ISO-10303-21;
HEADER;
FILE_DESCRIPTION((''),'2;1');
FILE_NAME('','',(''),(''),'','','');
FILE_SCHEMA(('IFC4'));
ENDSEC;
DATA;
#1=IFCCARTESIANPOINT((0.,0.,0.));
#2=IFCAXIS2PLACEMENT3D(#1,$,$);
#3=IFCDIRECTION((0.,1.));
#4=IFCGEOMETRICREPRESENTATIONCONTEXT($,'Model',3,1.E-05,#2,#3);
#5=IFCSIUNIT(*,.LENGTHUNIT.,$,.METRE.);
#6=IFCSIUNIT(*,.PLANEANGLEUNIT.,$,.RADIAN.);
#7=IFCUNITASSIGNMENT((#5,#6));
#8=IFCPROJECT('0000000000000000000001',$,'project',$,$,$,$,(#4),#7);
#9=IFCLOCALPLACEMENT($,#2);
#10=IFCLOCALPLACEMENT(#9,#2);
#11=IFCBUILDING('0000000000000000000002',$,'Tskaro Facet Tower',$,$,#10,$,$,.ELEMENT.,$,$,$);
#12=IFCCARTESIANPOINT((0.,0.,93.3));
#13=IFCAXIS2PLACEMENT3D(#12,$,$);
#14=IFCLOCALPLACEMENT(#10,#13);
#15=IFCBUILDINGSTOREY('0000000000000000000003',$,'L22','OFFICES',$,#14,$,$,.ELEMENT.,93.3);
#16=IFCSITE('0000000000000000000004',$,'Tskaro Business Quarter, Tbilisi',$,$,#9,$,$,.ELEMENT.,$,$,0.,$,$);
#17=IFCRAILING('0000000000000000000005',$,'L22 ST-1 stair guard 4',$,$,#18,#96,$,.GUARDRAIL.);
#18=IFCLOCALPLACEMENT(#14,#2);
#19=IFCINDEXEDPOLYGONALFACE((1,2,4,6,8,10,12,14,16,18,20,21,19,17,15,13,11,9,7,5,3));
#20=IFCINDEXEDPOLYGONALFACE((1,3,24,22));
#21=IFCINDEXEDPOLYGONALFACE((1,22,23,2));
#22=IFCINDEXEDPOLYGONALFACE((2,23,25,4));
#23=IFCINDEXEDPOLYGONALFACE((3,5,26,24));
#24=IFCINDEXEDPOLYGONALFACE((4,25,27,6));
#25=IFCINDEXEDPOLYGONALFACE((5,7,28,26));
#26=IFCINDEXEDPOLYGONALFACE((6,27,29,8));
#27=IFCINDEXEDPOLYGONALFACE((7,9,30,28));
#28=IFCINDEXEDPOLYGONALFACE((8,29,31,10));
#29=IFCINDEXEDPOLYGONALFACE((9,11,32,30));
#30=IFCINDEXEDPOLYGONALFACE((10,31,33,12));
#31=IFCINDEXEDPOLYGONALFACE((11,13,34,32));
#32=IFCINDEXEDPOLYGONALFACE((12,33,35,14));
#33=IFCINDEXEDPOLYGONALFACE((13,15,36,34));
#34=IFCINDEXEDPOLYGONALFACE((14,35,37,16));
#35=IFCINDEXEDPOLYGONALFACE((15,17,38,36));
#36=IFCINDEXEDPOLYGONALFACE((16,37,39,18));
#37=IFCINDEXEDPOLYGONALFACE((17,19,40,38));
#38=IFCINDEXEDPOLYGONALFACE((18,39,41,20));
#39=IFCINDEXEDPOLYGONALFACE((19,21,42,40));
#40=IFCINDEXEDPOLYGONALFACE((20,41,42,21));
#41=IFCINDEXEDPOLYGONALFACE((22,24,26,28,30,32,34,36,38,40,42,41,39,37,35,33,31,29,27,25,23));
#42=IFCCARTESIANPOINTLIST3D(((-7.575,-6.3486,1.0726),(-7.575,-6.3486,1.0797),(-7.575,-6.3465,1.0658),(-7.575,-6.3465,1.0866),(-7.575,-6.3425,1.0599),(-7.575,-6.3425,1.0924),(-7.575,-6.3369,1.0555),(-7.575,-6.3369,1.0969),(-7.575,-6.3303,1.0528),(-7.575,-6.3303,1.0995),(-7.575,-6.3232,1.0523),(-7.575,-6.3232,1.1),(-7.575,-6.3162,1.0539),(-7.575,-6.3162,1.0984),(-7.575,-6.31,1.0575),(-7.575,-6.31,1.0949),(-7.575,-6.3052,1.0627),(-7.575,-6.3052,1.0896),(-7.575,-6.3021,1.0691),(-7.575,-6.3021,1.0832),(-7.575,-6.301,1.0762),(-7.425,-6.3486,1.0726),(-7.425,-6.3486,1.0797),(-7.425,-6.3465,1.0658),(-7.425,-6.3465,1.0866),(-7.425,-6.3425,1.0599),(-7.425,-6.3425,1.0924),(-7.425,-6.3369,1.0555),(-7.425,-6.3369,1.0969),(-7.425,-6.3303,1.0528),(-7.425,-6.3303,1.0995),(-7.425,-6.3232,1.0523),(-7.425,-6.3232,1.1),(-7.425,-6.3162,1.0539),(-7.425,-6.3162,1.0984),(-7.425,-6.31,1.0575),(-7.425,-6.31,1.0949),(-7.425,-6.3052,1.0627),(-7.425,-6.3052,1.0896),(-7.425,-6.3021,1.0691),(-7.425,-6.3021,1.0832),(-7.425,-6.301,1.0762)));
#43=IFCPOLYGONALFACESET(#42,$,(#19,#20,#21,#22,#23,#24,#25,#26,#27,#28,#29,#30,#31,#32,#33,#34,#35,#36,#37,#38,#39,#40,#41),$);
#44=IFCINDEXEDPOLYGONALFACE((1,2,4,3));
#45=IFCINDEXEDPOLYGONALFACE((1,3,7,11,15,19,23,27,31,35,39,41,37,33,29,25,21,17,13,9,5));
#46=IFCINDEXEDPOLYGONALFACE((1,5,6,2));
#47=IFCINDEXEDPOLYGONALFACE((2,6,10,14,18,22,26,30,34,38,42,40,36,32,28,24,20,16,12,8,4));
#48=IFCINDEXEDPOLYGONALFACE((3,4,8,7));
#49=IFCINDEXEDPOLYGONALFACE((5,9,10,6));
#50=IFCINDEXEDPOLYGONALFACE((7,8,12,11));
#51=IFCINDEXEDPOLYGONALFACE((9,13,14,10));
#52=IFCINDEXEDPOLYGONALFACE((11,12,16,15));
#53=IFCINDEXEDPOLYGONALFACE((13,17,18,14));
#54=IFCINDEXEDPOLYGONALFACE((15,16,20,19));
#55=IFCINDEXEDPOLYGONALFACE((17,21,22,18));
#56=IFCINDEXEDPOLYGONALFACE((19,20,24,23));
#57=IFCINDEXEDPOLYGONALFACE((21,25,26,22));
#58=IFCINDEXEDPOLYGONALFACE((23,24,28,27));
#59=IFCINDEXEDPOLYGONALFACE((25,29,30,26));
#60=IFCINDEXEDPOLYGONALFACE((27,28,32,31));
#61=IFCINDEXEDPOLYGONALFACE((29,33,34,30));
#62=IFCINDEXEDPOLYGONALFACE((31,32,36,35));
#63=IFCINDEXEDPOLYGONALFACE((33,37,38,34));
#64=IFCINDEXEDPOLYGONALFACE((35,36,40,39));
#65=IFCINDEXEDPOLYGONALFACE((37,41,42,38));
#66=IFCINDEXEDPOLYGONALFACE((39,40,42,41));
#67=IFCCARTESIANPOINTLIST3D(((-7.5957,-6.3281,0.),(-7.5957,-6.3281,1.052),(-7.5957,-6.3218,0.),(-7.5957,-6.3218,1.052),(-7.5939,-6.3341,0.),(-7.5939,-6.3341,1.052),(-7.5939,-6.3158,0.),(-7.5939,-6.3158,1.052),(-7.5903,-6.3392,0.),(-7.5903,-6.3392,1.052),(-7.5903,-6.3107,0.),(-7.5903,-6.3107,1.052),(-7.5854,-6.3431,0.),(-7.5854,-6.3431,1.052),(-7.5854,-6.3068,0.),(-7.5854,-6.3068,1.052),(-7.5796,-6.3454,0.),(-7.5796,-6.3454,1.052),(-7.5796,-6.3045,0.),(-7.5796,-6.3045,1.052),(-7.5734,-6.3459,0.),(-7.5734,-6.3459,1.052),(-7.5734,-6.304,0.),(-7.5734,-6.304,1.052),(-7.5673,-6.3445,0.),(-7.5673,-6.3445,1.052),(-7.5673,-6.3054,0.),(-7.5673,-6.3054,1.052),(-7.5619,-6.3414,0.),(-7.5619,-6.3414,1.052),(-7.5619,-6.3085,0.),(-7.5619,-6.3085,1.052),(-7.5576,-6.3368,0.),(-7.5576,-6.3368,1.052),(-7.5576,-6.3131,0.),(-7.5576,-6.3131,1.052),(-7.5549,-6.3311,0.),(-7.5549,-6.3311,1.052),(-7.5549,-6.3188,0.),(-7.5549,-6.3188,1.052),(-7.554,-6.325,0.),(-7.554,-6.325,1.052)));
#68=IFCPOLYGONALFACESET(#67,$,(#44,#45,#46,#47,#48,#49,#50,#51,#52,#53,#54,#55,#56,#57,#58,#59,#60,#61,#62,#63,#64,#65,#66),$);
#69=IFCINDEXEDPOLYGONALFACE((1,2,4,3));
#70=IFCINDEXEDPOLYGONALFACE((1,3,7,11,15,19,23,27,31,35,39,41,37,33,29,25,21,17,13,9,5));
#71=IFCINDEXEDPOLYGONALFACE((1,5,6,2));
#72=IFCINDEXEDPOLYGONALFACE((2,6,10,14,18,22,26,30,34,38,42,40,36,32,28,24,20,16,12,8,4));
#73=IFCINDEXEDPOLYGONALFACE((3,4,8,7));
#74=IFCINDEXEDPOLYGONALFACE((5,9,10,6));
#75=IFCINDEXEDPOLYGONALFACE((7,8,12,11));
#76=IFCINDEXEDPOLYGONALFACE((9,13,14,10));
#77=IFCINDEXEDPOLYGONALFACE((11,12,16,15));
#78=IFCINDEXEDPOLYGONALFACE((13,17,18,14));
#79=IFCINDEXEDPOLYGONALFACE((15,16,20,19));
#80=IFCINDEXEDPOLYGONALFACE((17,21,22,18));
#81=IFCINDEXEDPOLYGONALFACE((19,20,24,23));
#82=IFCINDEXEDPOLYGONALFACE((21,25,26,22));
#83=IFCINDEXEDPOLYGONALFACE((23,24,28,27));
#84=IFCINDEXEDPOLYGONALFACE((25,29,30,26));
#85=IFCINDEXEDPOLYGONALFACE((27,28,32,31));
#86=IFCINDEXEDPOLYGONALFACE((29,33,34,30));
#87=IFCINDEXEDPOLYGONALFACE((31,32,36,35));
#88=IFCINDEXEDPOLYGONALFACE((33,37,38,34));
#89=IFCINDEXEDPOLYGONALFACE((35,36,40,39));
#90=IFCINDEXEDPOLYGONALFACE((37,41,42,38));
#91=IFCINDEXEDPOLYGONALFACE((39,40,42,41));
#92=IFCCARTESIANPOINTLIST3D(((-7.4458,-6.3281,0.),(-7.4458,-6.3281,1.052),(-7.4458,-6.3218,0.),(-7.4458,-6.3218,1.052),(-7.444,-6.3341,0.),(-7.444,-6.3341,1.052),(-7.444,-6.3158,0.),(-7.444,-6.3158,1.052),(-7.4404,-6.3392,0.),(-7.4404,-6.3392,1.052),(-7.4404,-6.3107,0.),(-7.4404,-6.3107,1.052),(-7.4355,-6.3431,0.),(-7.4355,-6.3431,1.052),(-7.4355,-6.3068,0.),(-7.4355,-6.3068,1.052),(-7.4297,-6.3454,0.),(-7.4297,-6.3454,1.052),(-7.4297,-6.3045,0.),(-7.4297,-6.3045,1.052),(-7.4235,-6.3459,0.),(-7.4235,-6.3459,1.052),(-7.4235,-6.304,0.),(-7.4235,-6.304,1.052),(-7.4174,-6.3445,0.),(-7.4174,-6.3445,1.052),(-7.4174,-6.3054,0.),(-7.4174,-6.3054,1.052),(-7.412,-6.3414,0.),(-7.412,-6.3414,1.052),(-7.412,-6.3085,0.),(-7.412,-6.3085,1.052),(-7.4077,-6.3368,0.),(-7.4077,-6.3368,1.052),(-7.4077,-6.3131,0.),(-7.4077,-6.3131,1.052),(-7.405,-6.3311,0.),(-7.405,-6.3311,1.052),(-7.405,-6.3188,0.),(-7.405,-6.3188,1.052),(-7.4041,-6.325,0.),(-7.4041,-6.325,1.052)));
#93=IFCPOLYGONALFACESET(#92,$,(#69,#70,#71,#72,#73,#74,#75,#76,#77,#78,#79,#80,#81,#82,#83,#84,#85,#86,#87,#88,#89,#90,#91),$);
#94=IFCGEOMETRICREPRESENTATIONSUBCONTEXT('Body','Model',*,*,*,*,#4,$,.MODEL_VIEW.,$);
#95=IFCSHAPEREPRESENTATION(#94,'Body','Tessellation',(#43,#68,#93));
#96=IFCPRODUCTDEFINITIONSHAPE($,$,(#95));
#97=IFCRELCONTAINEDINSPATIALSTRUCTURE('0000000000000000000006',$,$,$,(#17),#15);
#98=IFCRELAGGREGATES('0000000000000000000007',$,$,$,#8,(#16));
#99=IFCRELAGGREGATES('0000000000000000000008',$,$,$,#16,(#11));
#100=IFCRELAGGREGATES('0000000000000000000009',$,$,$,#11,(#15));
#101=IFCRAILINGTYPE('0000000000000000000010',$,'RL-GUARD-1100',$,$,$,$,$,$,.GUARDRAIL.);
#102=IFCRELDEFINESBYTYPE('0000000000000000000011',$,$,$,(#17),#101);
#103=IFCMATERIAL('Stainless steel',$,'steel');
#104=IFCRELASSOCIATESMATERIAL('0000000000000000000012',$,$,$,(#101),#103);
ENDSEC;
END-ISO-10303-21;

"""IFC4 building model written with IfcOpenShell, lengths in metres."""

from ifc_helpers import new_model, si_unit, direction, frame, origin, origin_2d, place, context, subcontext, project, spatial, circle, extrude, material, type_object, element, save


model = new_model("IFC4")

# Units and contexts
model_context = context("Model", 3, precision=1e-05, world=origin(), true_north=direction((0.0, 1.0)))
body_context = subcontext(model_context, "Body", "Model", "MODEL_VIEW")
ifc_project = project(units=[si_unit("LENGTHUNIT", "METRE"), si_unit("PLANEANGLEUNIT", "RADIAN")], contexts=[model_context])

# Site, building, storey
site_placement = place(None, origin())
site = spatial("IfcSite", under=ifc_project, at=site_placement, Name="Tskaro Business Quarter, Tbilisi", CompositionType="ELEMENT", RefElevation=0.0)
building_placement = place(site_placement, origin())
building = spatial("IfcBuilding", under=site, at=building_placement, Name="Tskaro Facet Tower", CompositionType="ELEMENT")
storey_placement = place(building_placement, frame((0.0, 0.0, 93.3)))
storey = spatial("IfcBuildingStorey", under=building, at=storey_placement, Name="L22", Description="OFFICES", CompositionType="ELEMENT", Elevation=93.3)

# Shared definitions
ifc_material_1 = material(Name="Stainless steel", Category="steel")

# Railing
railing_type_1 = type_object("IfcRailingType", Name="RL-GUARD-1100", PredefinedType="GUARDRAIL", material=ifc_material_1)
railing_1_placement = place(storey_placement, frame((-7.575, -6.325, 0.0)))
element("IfcRailing", 1, at=railing_1_placement, inside=storey, type_object=railing_type_1, Name="L22 ST-1 stair guard 4", PredefinedType="GUARDRAIL", context=body_context, shape_type="SweptSolid", body=[
    extrude(circle(Radius=0.0239, at=origin_2d()), frame((0.0, 0.0, 1.0762), z_axis=(1.0, 0.0, 0.0), x_axis=(0.0, 1.0, 0.0)), (0.0, 0.0, 1.0), 0.1499),
    extrude(circle(Radius=0.021, at=origin_2d()), origin(), (0.0, 0.0, 1.0), 1.052),
    extrude(circle(Radius=0.021, at=origin_2d()), frame((0.1499, 0.0, 0.0)), (0.0, 0.0, 1.0), 1.052),
])

save(model, "model.ifc")
